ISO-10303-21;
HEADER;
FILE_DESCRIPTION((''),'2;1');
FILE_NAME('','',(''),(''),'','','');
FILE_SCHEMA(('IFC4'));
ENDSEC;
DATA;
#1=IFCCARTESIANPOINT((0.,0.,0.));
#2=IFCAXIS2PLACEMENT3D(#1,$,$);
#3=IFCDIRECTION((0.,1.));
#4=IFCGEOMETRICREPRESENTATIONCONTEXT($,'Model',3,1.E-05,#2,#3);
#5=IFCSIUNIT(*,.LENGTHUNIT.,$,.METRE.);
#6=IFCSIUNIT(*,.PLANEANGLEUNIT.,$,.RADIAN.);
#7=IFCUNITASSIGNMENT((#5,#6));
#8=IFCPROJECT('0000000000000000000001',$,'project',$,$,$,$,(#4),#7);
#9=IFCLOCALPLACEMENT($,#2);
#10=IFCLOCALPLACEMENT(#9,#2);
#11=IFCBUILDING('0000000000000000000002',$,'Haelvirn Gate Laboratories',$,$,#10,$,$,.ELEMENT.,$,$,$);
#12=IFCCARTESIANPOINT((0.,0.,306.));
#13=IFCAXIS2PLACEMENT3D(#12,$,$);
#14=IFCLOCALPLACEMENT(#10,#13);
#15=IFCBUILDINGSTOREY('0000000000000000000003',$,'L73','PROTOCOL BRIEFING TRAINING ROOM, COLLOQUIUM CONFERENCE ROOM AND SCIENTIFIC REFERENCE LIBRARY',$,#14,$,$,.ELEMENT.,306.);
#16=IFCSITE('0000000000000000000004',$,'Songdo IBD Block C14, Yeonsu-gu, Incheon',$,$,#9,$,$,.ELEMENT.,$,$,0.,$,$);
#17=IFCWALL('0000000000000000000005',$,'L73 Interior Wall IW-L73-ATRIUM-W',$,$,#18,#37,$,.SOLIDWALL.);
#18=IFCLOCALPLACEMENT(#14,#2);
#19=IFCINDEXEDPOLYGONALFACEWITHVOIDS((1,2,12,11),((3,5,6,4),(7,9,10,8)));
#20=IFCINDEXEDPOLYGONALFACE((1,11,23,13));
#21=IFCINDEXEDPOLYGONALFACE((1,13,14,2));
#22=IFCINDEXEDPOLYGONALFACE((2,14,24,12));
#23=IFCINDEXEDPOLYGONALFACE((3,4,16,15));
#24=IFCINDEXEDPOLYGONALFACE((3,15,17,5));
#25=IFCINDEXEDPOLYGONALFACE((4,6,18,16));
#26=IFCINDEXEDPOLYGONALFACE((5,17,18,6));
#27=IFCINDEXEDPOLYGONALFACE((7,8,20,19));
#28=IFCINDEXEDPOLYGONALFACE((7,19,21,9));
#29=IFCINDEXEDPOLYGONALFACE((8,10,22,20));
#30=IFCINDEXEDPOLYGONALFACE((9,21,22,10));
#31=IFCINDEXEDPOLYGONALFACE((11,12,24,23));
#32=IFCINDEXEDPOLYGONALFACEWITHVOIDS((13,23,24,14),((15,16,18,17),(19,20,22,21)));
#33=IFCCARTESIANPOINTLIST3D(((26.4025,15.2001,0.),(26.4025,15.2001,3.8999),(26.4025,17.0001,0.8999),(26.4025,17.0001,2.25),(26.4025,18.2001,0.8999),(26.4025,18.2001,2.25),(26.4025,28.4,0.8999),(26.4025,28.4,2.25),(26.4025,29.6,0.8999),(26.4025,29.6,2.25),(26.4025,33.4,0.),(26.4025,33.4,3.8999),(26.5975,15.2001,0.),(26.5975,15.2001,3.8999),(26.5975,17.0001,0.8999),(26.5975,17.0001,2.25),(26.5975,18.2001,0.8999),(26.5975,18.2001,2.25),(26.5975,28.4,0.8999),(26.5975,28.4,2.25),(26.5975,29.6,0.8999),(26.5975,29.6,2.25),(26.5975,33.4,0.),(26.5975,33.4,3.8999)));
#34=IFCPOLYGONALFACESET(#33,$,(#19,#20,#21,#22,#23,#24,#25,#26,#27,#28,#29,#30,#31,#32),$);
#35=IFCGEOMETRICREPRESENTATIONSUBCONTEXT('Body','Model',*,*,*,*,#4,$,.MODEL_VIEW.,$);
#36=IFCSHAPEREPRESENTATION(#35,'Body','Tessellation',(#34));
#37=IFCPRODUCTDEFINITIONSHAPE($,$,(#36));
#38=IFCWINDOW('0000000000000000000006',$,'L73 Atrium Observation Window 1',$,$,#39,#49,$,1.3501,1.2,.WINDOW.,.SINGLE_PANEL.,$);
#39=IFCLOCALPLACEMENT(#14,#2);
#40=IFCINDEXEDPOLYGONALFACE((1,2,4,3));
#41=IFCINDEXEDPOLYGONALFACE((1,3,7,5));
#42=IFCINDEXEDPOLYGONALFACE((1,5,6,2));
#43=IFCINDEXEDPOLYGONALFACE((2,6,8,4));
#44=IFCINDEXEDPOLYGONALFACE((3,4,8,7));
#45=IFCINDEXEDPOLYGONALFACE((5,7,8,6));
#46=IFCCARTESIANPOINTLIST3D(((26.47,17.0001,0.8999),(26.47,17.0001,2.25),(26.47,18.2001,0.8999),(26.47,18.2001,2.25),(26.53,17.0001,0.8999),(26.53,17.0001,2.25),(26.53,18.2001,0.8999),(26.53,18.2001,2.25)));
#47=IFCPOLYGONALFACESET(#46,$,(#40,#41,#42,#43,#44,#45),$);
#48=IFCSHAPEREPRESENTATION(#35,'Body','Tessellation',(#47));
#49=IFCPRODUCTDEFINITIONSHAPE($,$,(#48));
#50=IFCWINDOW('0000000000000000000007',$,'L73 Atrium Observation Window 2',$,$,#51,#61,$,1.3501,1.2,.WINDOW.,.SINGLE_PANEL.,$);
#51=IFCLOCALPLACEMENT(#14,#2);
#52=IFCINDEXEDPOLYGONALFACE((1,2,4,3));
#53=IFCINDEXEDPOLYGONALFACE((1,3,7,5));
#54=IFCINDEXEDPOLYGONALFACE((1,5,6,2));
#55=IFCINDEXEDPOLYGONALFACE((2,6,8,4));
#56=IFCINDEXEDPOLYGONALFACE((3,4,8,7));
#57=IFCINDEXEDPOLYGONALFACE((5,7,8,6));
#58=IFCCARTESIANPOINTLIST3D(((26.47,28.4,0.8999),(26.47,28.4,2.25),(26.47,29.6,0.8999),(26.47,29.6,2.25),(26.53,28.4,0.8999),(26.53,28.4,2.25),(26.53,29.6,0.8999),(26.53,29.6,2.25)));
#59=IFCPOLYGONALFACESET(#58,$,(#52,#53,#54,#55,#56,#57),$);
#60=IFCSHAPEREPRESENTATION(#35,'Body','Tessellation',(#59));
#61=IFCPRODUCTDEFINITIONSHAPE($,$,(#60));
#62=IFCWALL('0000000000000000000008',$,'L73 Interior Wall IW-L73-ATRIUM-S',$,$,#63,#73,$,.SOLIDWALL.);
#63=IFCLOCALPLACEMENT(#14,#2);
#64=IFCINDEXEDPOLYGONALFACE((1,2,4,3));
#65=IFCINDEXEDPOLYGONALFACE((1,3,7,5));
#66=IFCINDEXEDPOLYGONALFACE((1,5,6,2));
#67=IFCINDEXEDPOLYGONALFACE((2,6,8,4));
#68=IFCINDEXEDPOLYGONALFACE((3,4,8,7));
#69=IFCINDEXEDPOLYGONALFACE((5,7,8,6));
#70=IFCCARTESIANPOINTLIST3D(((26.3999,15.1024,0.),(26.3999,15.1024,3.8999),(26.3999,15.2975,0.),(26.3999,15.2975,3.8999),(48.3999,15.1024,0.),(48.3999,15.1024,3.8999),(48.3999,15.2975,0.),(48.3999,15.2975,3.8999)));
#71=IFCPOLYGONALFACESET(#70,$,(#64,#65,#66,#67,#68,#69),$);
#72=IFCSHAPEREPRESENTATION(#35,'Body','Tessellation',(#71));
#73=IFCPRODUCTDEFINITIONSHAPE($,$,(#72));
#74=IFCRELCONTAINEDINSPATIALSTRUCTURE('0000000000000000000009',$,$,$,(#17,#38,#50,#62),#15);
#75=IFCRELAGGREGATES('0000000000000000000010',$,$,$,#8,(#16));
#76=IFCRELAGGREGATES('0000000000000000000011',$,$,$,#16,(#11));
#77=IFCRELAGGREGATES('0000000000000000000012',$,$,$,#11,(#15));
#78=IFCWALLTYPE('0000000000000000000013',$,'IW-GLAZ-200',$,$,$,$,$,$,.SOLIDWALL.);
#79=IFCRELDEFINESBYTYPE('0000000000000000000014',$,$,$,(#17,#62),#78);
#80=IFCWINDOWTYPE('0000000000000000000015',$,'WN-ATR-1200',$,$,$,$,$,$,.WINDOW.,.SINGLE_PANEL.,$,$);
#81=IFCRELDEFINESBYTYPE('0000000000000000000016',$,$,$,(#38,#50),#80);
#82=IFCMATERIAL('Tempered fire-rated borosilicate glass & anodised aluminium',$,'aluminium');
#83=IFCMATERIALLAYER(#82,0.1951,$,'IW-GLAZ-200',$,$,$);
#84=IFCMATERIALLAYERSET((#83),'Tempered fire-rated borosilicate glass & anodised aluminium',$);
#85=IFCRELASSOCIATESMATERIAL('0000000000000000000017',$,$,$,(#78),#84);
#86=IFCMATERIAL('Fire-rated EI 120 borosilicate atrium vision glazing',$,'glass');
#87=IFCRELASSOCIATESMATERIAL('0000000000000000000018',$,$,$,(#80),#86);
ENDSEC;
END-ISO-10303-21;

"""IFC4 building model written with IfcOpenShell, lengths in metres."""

from ifc_helpers import new_model, si_unit, direction, frame, frame_2d, origin, place, context, subcontext, project, spatial, rectangle, extrude, source, transform, mapped, material, layer, layer_set, type_object, type_shapes, element, fill, save


model = new_model("IFC4")

# Units and contexts
model_context = context("Model", 3, precision=1e-05, world=origin(), true_north=direction((0.0, 1.0)))
body_context = subcontext(model_context, "Body", "Model", "MODEL_VIEW")
ifc_project = project(units=[si_unit("LENGTHUNIT", "METRE"), si_unit("PLANEANGLEUNIT", "RADIAN")], contexts=[model_context])

# Site, building, storey
site_placement = place(None, origin())
site = spatial("IfcSite", under=ifc_project, at=site_placement, Name="Songdo IBD Block C14, Yeonsu-gu, Incheon", CompositionType="ELEMENT", RefElevation=0.0)
building_placement = place(site_placement, origin())
building = spatial("IfcBuilding", under=site, at=building_placement, Name="Haelvirn Gate Laboratories", CompositionType="ELEMENT")
storey_placement = place(building_placement, frame((0.0, 0.0, 306.0)))
storey = spatial("IfcBuildingStorey", under=building, at=storey_placement, Name="L73", Description="PROTOCOL BRIEFING TRAINING ROOM, COLLOQUIUM CONFERENCE ROOM AND SCIENTIFIC REFERENCE LIBRARY", CompositionType="ELEMENT", Elevation=306.0)

# Wall, openings, windows
ifc_material_1 = material(Name="Tempered fire-rated borosilicate glass & anodised aluminium", Category="aluminium")
ifc_layer_1 = layer(ifc_material_1, 0.1951, Name="IW-GLAZ-200")
ifc_layer_set_1 = layer_set([ifc_layer_1], Name="Tempered fire-rated borosilicate glass & anodised aluminium")
wall_type_1 = type_object("IfcWallType", Name="IW-GLAZ-200", PredefinedType="SOLIDWALL", material=ifc_layer_set_1)
wall_1_placement = place(storey_placement, frame((26.5, 15.2, 0.0), z_axis=(0.0, 0.0, 1.0), x_axis=(0.0, 1.0, 0.0)))
wall_1 = element("IfcWall", 1, at=wall_1_placement, inside=storey, type_object=wall_type_1, Name="L73 Interior Wall IW-L73-ATRIUM-W", PredefinedType="SOLIDWALL", context=body_context, shape_type="SweptSolid", body=[
    extrude(rectangle(XDim=18.2, YDim=0.1951, at=frame_2d((9.1001, 0.0))), origin(), (0.0, 0.0, 1.0), 3.8999),
])
opening_1_placement = place(wall_1_placement, frame((1.8, 0.0, 0.8999)))
opening_1 = element("IfcOpeningElement", 2, at=opening_1_placement, cuts=wall_1, PredefinedType="OPENING", context=body_context, shape_type="SweptSolid", body=[
    extrude(rectangle(XDim=1.2, YDim=1.3501, at=frame_2d((0.6001, 0.675))), frame((0.0, 0.1074, 0.0), z_axis=(0.0, -1.0, 0.0), x_axis=(1.0, 0.0, 0.0)), (0.0, 0.0, 1.0), 0.2151),
])
opening_2_placement = place(wall_1_placement, frame((13.2, 0.0, 0.8999)))
opening_2 = element("IfcOpeningElement", 3, at=opening_2_placement, cuts=wall_1, PredefinedType="OPENING", context=body_context, shape_type="SweptSolid", body=[
    extrude(rectangle(XDim=1.2, YDim=1.3501, at=frame_2d((0.6001, 0.675))), frame((0.0, 0.1074, 0.0), z_axis=(0.0, -1.0, 0.0), x_axis=(1.0, 0.0, 0.0)), (0.0, 0.0, 1.0), 0.2151),
])
ifc_material_2 = material(Name="Fire-rated EI 120 borosilicate atrium vision glazing", Category="glass")
window_type = type_object("IfcWindowType", Name="WN-ATR-1200", PartitioningType="SINGLE_PANEL", PredefinedType="WINDOW", material=ifc_material_2)
shared_shape_1 = source(origin(), body_context, "Body", "SweptSolid", [
    extrude(rectangle(XDim=1.2, YDim=1.3501, at=frame_2d((0.6001, 0.675))), frame((0.0, 0.03, 0.0), z_axis=(0.0, -1.0, 0.0), x_axis=(1.0, 0.0, 0.0)), (0.0, 0.0, 1.0), 0.0601),
])
type_shapes(window_type, [shared_shape_1])
window_1_placement = place(opening_1_placement, origin())
window_1 = element("IfcWindow", 4, at=window_1_placement, inside=storey, type_object=window_type, Name="L73 Atrium Observation Window 1", OverallHeight=1.3501, OverallWidth=1.2, PartitioningType="SINGLE_PANEL", PredefinedType="WINDOW", context=body_context, shape_type="MappedRepresentation", body=[
    mapped(shared_shape_1, transform((0.0, 0.0, 0.0), scale=1.0)),
])
fill(opening_1, window_1)
window_2_placement = place(opening_2_placement, origin())
window_2 = element("IfcWindow", 5, at=window_2_placement, inside=storey, type_object=window_type, Name="L73 Atrium Observation Window 2", OverallHeight=1.3501, OverallWidth=1.2, PartitioningType="SINGLE_PANEL", PredefinedType="WINDOW", context=body_context, shape_type="MappedRepresentation", body=[
    mapped(shared_shape_1, transform((0.0, 0.0, 0.0), scale=1.0)),
])
fill(opening_2, window_2)

# Wall
wall_2_placement = place(storey_placement, frame((26.3999, 15.2, 0.0), z_axis=(0.0, 0.0, 1.0), x_axis=(1.0, 0.0, 0.0)))
element("IfcWall", 6, at=wall_2_placement, inside=storey, type_object=wall_type_1, Name="L73 Interior Wall IW-L73-ATRIUM-S", PredefinedType="SOLIDWALL", context=body_context, shape_type="SweptSolid", body=[
    extrude(rectangle(XDim=22.0, YDim=0.1951, at=frame_2d((11.0, 0.0))), origin(), (0.0, 0.0, 1.0), 3.8999),
])

save(model, "model.ifc")
